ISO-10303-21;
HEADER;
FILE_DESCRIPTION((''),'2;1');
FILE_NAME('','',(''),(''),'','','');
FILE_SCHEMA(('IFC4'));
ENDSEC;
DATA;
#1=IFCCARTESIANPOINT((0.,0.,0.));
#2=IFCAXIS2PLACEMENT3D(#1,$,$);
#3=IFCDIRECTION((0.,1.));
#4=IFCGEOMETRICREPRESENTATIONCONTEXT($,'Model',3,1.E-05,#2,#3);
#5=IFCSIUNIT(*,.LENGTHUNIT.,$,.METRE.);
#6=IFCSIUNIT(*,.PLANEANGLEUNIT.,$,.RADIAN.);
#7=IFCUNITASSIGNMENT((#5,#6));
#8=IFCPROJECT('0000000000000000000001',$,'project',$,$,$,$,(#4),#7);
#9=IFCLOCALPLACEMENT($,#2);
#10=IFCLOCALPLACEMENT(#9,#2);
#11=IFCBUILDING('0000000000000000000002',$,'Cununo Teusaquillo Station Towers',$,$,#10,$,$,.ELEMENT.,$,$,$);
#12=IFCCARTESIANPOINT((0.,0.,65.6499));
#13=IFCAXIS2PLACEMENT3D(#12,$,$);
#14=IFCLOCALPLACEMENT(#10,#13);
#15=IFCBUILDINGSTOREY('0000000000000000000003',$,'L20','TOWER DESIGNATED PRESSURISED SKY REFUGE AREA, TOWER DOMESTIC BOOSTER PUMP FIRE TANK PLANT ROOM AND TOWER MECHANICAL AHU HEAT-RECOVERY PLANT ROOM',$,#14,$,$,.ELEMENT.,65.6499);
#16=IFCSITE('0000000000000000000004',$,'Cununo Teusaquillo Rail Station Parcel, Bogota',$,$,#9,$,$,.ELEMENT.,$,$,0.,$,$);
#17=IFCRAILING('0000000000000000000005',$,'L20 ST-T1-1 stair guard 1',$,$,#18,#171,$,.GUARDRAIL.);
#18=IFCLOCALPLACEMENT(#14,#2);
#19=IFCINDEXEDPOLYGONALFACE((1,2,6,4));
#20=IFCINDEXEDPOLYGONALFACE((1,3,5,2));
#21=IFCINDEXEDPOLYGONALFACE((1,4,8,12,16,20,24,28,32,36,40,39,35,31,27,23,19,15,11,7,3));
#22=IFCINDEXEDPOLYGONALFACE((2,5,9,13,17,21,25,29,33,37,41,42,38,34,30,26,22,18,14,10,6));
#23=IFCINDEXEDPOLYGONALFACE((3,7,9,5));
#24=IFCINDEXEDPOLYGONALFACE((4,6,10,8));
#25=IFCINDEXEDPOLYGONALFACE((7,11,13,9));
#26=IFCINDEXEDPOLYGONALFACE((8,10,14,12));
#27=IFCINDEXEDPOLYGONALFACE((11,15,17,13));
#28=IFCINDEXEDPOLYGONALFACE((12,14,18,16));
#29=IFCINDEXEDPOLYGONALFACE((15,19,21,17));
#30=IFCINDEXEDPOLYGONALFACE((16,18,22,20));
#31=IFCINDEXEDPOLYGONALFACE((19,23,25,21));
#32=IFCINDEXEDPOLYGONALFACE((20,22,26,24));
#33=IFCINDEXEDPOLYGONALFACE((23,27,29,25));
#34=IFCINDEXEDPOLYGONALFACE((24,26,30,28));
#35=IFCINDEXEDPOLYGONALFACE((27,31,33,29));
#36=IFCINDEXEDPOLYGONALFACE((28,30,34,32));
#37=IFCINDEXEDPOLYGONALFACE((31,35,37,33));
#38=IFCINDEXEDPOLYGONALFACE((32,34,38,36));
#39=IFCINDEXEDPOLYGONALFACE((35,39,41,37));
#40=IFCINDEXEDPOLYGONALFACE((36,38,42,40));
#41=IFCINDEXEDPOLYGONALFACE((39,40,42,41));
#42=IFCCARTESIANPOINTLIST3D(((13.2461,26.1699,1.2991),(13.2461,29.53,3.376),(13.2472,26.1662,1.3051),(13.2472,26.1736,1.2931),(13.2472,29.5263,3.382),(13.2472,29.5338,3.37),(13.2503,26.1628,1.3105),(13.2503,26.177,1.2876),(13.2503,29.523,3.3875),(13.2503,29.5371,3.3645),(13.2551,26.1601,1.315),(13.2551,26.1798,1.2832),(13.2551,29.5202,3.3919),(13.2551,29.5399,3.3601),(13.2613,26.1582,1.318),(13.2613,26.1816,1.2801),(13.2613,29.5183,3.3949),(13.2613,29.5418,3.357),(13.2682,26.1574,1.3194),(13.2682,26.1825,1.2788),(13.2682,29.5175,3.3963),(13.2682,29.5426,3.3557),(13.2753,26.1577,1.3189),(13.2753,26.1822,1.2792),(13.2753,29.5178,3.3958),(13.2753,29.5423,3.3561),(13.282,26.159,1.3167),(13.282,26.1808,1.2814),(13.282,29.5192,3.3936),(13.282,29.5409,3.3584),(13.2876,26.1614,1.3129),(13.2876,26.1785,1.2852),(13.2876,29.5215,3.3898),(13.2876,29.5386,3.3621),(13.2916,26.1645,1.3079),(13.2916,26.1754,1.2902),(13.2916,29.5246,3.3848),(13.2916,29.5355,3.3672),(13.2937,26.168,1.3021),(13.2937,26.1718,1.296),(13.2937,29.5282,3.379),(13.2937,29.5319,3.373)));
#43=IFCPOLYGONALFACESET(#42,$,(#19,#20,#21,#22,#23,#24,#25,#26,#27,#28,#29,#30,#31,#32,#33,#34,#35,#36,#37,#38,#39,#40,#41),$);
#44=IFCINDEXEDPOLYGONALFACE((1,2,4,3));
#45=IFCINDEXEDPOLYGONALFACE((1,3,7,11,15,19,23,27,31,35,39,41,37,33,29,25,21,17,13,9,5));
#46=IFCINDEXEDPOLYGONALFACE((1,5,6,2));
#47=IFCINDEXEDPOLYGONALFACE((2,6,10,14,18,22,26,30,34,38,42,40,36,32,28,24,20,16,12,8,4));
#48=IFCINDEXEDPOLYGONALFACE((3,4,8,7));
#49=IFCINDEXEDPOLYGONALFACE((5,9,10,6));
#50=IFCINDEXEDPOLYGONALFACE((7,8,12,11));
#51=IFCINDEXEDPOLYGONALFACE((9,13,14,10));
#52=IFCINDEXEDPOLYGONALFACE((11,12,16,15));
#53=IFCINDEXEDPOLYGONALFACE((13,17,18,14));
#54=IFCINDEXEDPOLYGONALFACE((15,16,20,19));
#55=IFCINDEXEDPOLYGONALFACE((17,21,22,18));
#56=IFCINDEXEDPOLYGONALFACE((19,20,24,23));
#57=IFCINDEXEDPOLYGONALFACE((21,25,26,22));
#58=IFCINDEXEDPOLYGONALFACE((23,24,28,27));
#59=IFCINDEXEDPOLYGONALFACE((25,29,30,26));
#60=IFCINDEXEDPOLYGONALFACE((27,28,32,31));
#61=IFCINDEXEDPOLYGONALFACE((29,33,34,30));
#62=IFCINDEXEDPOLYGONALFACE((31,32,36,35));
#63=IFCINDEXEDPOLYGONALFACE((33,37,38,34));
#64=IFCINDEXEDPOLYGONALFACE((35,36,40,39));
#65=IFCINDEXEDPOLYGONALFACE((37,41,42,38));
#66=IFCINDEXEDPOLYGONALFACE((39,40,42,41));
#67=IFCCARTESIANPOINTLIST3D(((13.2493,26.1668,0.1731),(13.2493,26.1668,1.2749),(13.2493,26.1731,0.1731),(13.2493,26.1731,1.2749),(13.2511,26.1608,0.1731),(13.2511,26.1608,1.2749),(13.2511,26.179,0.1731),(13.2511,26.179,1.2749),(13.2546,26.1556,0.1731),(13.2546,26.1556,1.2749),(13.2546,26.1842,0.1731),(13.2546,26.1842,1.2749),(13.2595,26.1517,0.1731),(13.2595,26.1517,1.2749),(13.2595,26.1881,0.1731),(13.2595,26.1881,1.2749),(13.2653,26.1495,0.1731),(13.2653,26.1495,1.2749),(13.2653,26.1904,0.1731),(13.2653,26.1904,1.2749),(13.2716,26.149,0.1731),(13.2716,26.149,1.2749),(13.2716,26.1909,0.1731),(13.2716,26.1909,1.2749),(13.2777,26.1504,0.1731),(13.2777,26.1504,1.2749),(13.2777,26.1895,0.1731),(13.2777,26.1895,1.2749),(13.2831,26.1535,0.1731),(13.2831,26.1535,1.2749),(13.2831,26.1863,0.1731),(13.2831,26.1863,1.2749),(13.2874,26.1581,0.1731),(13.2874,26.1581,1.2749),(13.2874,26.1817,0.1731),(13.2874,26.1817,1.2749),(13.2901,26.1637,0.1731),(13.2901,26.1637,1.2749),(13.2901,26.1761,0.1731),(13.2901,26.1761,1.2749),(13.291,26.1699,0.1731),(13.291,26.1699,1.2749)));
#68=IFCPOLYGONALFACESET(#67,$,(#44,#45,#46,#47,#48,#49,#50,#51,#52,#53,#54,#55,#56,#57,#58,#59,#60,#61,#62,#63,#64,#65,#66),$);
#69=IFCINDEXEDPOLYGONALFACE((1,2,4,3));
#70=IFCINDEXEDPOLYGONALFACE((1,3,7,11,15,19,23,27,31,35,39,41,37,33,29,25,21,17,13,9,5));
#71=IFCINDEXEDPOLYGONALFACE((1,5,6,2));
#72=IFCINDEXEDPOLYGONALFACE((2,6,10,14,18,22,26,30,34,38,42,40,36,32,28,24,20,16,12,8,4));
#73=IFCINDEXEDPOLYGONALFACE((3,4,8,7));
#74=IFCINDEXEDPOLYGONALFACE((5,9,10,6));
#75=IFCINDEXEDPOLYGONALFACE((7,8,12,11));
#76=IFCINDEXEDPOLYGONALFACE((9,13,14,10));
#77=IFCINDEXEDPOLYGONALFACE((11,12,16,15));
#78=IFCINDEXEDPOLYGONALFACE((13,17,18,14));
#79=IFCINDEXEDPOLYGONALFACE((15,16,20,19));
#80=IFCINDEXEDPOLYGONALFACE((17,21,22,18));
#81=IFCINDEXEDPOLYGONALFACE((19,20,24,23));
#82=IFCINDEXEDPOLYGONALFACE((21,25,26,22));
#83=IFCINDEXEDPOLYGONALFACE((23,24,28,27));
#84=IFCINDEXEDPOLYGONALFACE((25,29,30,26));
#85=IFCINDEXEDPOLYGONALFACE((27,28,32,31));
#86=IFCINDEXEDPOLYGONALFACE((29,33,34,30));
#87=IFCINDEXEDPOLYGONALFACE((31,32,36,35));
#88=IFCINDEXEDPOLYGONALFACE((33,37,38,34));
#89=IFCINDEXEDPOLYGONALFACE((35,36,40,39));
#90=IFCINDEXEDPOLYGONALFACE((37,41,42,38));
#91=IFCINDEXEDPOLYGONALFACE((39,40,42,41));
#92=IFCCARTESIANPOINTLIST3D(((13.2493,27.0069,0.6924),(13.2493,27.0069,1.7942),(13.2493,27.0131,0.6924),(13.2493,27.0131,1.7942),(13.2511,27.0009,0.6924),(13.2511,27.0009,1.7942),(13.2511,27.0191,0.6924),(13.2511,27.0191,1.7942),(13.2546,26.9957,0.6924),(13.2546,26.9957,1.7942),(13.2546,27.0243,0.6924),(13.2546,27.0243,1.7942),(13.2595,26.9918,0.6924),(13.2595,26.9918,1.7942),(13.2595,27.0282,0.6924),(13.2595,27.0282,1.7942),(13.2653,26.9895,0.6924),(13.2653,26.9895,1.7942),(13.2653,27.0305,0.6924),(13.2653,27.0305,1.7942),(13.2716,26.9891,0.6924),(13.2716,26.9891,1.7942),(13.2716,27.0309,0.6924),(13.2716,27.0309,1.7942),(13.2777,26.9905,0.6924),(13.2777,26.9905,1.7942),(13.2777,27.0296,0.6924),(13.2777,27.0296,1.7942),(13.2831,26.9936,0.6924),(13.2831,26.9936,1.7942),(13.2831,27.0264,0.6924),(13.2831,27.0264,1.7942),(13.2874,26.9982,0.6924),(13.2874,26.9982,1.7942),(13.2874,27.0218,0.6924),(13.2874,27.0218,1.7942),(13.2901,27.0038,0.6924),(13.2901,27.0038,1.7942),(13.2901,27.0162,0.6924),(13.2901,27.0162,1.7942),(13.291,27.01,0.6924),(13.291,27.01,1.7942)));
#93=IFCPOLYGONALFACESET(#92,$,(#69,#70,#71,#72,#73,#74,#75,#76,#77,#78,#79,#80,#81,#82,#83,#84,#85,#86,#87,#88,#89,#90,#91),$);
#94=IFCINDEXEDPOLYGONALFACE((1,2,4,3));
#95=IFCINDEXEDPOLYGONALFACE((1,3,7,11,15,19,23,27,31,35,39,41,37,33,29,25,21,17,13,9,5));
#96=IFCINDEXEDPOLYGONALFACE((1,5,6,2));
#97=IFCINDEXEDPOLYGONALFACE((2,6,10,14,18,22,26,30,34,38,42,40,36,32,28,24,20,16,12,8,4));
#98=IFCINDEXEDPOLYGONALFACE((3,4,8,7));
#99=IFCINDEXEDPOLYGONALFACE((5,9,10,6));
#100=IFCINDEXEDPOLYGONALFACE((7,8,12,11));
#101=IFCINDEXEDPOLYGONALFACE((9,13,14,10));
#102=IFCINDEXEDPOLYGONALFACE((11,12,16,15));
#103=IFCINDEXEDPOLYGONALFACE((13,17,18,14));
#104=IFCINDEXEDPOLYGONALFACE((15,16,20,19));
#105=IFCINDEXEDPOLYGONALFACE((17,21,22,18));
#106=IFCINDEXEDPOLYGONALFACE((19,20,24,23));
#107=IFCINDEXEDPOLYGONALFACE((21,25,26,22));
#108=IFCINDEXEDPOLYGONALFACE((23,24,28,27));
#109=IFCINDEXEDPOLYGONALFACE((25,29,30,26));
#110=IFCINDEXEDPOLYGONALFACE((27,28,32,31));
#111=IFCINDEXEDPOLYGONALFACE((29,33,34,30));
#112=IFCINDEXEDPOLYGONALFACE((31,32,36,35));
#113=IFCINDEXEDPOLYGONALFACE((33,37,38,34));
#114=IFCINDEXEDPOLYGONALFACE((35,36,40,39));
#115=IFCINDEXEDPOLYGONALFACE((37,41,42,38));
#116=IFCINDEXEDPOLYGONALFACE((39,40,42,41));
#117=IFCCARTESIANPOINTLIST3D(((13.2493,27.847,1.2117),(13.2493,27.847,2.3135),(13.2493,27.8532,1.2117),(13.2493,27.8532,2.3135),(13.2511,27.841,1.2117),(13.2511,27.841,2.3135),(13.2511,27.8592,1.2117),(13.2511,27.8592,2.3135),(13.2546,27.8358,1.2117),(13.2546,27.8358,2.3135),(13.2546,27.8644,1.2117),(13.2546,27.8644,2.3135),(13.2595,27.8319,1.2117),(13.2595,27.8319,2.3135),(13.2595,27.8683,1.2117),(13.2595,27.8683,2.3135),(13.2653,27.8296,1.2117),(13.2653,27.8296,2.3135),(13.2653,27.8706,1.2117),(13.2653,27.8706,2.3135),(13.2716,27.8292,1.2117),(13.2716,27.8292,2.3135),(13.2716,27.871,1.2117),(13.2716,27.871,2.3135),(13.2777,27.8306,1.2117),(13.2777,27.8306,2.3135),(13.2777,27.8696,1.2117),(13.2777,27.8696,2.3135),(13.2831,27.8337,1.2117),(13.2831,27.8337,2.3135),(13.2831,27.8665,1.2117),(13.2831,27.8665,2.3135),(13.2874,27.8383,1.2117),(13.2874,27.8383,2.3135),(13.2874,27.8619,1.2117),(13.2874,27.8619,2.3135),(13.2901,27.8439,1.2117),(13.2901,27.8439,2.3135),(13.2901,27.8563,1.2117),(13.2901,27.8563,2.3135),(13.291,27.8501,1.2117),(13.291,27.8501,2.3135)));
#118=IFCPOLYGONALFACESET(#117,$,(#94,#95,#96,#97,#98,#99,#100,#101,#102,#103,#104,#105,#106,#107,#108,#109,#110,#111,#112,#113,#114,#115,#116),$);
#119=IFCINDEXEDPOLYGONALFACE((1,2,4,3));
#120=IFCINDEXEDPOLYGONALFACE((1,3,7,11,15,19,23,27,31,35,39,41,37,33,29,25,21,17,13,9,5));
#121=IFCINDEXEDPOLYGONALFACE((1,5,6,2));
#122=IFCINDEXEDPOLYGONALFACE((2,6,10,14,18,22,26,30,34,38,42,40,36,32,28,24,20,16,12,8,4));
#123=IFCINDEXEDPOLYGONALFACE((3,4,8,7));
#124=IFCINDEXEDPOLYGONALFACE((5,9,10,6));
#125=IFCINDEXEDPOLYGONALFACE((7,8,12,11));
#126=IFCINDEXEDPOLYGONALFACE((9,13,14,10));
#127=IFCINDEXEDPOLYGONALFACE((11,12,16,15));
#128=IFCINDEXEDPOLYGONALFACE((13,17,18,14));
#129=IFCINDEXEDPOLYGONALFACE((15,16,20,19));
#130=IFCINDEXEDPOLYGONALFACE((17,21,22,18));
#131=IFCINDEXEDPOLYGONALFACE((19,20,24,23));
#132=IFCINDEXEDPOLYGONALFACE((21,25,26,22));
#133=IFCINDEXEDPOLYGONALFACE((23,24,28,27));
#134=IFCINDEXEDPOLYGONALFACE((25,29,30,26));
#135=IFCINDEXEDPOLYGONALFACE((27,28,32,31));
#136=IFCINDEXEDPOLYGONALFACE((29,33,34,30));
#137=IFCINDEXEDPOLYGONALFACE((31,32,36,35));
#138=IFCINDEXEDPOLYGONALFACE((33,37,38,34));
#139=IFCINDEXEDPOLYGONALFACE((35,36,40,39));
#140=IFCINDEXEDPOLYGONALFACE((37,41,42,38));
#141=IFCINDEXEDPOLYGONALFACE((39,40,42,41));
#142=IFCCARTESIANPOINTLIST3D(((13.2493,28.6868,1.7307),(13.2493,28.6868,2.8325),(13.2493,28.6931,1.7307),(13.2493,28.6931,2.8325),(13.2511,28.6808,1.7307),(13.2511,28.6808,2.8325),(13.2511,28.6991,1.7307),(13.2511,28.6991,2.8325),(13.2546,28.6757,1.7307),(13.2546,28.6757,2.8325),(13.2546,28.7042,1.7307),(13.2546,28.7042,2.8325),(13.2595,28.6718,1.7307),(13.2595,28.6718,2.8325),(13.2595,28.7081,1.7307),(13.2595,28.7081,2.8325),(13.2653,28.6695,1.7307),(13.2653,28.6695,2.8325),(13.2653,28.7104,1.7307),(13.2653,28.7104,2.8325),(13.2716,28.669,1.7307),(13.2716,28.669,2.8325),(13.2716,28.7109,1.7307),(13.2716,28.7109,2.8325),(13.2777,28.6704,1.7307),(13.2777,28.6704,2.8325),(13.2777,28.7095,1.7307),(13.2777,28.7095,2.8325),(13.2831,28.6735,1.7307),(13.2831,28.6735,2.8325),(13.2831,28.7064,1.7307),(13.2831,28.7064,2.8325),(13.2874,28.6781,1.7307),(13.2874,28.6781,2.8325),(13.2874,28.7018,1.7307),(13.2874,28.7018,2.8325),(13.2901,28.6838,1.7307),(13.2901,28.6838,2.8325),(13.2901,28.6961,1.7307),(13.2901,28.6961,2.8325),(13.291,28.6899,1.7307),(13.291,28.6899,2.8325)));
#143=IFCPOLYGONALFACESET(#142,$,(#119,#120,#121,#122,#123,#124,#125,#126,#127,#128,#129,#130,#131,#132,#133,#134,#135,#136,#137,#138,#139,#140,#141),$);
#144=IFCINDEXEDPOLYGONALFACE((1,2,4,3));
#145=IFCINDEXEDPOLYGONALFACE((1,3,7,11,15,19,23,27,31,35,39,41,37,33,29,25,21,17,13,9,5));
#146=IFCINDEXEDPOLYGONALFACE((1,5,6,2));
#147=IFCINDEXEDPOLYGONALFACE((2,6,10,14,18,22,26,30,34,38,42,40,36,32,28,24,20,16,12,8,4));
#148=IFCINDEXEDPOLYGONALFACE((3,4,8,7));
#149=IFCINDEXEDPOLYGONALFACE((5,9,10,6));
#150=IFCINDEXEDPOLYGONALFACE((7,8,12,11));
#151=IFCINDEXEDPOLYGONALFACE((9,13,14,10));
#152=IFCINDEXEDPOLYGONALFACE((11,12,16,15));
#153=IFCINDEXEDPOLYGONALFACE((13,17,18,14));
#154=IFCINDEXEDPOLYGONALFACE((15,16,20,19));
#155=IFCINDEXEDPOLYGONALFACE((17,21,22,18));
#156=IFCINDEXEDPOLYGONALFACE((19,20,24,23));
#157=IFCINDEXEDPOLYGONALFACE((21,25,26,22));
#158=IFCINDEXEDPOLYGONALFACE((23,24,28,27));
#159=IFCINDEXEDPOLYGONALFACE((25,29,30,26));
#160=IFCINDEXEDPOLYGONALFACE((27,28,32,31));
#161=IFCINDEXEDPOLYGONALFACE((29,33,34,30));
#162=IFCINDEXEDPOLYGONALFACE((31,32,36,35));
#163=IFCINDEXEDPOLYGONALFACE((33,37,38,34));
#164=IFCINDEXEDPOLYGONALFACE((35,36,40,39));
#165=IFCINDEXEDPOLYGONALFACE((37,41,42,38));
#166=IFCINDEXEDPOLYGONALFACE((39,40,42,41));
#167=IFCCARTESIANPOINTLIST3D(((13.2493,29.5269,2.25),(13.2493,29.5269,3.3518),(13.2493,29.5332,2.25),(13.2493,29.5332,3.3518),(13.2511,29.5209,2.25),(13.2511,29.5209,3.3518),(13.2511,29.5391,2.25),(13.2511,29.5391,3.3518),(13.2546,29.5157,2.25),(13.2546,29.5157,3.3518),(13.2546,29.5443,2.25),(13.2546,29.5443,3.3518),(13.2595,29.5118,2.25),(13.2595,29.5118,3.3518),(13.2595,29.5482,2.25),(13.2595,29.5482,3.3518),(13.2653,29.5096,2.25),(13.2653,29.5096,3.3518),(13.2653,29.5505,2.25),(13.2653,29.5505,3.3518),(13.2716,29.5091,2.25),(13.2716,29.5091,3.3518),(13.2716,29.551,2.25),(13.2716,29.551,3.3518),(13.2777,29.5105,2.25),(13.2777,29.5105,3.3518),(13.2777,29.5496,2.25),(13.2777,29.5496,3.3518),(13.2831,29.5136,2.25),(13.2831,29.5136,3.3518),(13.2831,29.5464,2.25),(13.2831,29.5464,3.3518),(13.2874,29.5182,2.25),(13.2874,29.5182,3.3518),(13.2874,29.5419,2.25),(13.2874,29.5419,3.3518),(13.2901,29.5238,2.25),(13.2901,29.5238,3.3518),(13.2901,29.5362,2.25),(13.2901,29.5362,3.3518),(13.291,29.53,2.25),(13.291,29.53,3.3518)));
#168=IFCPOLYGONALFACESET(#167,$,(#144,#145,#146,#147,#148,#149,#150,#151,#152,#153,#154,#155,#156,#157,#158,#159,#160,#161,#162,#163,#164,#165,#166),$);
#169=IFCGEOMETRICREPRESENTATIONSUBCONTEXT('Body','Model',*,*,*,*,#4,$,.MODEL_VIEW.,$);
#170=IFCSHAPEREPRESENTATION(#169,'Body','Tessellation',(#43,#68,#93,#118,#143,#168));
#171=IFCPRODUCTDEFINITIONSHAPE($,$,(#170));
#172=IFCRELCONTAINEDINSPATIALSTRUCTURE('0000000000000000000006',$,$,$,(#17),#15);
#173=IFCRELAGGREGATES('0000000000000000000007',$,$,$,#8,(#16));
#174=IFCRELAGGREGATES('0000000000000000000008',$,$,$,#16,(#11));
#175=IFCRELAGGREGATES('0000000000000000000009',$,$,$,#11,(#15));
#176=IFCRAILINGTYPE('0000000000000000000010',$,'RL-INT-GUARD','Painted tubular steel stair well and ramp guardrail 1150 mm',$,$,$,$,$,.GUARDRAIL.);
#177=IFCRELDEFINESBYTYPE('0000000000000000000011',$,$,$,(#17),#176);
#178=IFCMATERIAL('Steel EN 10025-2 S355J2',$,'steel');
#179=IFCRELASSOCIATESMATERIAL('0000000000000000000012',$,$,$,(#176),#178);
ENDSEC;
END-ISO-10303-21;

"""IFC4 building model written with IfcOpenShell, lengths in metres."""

from ifc_helpers import new_model, si_unit, direction, frame, origin, origin_2d, place, context, subcontext, project, spatial, circle, extrude, material, type_object, element, save


model = new_model("IFC4")

# Units and contexts
model_context = context("Model", 3, precision=1e-05, world=origin(), true_north=direction((0.0, 1.0)))
body_context = subcontext(model_context, "Body", "Model", "MODEL_VIEW")
ifc_project = project(units=[si_unit("LENGTHUNIT", "METRE"), si_unit("PLANEANGLEUNIT", "RADIAN")], contexts=[model_context])

# Site, building, storey
site_placement = place(None, origin())
site = spatial("IfcSite", under=ifc_project, at=site_placement, Name="Cununo Teusaquillo Rail Station Parcel, Bogota", CompositionType="ELEMENT", RefElevation=0.0)
building_placement = place(site_placement, origin())
building = spatial("IfcBuilding", under=site, at=building_placement, Name="Cununo Teusaquillo Station Towers", CompositionType="ELEMENT")
storey_placement = place(building_placement, frame((0.0, 0.0, 65.6499)))
storey = spatial("IfcBuildingStorey", under=building, at=storey_placement, Name="L20", Description="TOWER DESIGNATED PRESSURISED SKY REFUGE AREA, TOWER DOMESTIC BOOSTER PUMP FIRE TANK PLANT ROOM AND TOWER MECHANICAL AHU HEAT-RECOVERY PLANT ROOM", CompositionType="ELEMENT", Elevation=65.6499)

# Railing
ifc_material_1 = material(Name="Steel EN 10025-2 S355J2", Category="steel")
railing_type_1 = type_object("IfcRailingType", Name="RL-INT-GUARD", Description="Painted tubular steel stair well and ramp guardrail 1150 mm", PredefinedType="GUARDRAIL", material=ifc_material_1)
railing_1_placement = place(storey_placement, frame((13.27, 26.1699, 0.1731)))
element("IfcRailing", 1, at=railing_1_placement, inside=storey, type_object=railing_type_1, Name="L20 ST-T1-1 stair guard 1", PredefinedType="GUARDRAIL", context=body_context, shape_type="SweptSolid", body=[
    extrude(circle(Radius=0.0239, at=origin_2d()), frame((0.0, 0.0, 1.126), z_axis=(0.0, 0.850623, 0.525776), x_axis=(-1.0, 0.0, 0.0)), (0.0, 0.0, 1.0), 3.9502),
    extrude(circle(Radius=0.021, at=origin_2d()), origin(), (0.0, 0.0, 1.0), 1.1018),
    extrude(circle(Radius=0.021, at=origin_2d()), frame((0.0, 0.8401, 0.5193)), (0.0, 0.0, 1.0), 1.1018),
    extrude(circle(Radius=0.021, at=origin_2d()), frame((0.0, 1.6802, 1.0386)), (0.0, 0.0, 1.0), 1.1018),
    extrude(circle(Radius=0.021, at=origin_2d()), frame((0.0, 2.52, 1.5576)), (0.0, 0.0, 1.0), 1.1018),
    extrude(circle(Radius=0.021, at=origin_2d()), frame((0.0, 3.3601, 2.0769)), (0.0, 0.0, 1.0), 1.1018),
])

save(model, "model.ifc")
